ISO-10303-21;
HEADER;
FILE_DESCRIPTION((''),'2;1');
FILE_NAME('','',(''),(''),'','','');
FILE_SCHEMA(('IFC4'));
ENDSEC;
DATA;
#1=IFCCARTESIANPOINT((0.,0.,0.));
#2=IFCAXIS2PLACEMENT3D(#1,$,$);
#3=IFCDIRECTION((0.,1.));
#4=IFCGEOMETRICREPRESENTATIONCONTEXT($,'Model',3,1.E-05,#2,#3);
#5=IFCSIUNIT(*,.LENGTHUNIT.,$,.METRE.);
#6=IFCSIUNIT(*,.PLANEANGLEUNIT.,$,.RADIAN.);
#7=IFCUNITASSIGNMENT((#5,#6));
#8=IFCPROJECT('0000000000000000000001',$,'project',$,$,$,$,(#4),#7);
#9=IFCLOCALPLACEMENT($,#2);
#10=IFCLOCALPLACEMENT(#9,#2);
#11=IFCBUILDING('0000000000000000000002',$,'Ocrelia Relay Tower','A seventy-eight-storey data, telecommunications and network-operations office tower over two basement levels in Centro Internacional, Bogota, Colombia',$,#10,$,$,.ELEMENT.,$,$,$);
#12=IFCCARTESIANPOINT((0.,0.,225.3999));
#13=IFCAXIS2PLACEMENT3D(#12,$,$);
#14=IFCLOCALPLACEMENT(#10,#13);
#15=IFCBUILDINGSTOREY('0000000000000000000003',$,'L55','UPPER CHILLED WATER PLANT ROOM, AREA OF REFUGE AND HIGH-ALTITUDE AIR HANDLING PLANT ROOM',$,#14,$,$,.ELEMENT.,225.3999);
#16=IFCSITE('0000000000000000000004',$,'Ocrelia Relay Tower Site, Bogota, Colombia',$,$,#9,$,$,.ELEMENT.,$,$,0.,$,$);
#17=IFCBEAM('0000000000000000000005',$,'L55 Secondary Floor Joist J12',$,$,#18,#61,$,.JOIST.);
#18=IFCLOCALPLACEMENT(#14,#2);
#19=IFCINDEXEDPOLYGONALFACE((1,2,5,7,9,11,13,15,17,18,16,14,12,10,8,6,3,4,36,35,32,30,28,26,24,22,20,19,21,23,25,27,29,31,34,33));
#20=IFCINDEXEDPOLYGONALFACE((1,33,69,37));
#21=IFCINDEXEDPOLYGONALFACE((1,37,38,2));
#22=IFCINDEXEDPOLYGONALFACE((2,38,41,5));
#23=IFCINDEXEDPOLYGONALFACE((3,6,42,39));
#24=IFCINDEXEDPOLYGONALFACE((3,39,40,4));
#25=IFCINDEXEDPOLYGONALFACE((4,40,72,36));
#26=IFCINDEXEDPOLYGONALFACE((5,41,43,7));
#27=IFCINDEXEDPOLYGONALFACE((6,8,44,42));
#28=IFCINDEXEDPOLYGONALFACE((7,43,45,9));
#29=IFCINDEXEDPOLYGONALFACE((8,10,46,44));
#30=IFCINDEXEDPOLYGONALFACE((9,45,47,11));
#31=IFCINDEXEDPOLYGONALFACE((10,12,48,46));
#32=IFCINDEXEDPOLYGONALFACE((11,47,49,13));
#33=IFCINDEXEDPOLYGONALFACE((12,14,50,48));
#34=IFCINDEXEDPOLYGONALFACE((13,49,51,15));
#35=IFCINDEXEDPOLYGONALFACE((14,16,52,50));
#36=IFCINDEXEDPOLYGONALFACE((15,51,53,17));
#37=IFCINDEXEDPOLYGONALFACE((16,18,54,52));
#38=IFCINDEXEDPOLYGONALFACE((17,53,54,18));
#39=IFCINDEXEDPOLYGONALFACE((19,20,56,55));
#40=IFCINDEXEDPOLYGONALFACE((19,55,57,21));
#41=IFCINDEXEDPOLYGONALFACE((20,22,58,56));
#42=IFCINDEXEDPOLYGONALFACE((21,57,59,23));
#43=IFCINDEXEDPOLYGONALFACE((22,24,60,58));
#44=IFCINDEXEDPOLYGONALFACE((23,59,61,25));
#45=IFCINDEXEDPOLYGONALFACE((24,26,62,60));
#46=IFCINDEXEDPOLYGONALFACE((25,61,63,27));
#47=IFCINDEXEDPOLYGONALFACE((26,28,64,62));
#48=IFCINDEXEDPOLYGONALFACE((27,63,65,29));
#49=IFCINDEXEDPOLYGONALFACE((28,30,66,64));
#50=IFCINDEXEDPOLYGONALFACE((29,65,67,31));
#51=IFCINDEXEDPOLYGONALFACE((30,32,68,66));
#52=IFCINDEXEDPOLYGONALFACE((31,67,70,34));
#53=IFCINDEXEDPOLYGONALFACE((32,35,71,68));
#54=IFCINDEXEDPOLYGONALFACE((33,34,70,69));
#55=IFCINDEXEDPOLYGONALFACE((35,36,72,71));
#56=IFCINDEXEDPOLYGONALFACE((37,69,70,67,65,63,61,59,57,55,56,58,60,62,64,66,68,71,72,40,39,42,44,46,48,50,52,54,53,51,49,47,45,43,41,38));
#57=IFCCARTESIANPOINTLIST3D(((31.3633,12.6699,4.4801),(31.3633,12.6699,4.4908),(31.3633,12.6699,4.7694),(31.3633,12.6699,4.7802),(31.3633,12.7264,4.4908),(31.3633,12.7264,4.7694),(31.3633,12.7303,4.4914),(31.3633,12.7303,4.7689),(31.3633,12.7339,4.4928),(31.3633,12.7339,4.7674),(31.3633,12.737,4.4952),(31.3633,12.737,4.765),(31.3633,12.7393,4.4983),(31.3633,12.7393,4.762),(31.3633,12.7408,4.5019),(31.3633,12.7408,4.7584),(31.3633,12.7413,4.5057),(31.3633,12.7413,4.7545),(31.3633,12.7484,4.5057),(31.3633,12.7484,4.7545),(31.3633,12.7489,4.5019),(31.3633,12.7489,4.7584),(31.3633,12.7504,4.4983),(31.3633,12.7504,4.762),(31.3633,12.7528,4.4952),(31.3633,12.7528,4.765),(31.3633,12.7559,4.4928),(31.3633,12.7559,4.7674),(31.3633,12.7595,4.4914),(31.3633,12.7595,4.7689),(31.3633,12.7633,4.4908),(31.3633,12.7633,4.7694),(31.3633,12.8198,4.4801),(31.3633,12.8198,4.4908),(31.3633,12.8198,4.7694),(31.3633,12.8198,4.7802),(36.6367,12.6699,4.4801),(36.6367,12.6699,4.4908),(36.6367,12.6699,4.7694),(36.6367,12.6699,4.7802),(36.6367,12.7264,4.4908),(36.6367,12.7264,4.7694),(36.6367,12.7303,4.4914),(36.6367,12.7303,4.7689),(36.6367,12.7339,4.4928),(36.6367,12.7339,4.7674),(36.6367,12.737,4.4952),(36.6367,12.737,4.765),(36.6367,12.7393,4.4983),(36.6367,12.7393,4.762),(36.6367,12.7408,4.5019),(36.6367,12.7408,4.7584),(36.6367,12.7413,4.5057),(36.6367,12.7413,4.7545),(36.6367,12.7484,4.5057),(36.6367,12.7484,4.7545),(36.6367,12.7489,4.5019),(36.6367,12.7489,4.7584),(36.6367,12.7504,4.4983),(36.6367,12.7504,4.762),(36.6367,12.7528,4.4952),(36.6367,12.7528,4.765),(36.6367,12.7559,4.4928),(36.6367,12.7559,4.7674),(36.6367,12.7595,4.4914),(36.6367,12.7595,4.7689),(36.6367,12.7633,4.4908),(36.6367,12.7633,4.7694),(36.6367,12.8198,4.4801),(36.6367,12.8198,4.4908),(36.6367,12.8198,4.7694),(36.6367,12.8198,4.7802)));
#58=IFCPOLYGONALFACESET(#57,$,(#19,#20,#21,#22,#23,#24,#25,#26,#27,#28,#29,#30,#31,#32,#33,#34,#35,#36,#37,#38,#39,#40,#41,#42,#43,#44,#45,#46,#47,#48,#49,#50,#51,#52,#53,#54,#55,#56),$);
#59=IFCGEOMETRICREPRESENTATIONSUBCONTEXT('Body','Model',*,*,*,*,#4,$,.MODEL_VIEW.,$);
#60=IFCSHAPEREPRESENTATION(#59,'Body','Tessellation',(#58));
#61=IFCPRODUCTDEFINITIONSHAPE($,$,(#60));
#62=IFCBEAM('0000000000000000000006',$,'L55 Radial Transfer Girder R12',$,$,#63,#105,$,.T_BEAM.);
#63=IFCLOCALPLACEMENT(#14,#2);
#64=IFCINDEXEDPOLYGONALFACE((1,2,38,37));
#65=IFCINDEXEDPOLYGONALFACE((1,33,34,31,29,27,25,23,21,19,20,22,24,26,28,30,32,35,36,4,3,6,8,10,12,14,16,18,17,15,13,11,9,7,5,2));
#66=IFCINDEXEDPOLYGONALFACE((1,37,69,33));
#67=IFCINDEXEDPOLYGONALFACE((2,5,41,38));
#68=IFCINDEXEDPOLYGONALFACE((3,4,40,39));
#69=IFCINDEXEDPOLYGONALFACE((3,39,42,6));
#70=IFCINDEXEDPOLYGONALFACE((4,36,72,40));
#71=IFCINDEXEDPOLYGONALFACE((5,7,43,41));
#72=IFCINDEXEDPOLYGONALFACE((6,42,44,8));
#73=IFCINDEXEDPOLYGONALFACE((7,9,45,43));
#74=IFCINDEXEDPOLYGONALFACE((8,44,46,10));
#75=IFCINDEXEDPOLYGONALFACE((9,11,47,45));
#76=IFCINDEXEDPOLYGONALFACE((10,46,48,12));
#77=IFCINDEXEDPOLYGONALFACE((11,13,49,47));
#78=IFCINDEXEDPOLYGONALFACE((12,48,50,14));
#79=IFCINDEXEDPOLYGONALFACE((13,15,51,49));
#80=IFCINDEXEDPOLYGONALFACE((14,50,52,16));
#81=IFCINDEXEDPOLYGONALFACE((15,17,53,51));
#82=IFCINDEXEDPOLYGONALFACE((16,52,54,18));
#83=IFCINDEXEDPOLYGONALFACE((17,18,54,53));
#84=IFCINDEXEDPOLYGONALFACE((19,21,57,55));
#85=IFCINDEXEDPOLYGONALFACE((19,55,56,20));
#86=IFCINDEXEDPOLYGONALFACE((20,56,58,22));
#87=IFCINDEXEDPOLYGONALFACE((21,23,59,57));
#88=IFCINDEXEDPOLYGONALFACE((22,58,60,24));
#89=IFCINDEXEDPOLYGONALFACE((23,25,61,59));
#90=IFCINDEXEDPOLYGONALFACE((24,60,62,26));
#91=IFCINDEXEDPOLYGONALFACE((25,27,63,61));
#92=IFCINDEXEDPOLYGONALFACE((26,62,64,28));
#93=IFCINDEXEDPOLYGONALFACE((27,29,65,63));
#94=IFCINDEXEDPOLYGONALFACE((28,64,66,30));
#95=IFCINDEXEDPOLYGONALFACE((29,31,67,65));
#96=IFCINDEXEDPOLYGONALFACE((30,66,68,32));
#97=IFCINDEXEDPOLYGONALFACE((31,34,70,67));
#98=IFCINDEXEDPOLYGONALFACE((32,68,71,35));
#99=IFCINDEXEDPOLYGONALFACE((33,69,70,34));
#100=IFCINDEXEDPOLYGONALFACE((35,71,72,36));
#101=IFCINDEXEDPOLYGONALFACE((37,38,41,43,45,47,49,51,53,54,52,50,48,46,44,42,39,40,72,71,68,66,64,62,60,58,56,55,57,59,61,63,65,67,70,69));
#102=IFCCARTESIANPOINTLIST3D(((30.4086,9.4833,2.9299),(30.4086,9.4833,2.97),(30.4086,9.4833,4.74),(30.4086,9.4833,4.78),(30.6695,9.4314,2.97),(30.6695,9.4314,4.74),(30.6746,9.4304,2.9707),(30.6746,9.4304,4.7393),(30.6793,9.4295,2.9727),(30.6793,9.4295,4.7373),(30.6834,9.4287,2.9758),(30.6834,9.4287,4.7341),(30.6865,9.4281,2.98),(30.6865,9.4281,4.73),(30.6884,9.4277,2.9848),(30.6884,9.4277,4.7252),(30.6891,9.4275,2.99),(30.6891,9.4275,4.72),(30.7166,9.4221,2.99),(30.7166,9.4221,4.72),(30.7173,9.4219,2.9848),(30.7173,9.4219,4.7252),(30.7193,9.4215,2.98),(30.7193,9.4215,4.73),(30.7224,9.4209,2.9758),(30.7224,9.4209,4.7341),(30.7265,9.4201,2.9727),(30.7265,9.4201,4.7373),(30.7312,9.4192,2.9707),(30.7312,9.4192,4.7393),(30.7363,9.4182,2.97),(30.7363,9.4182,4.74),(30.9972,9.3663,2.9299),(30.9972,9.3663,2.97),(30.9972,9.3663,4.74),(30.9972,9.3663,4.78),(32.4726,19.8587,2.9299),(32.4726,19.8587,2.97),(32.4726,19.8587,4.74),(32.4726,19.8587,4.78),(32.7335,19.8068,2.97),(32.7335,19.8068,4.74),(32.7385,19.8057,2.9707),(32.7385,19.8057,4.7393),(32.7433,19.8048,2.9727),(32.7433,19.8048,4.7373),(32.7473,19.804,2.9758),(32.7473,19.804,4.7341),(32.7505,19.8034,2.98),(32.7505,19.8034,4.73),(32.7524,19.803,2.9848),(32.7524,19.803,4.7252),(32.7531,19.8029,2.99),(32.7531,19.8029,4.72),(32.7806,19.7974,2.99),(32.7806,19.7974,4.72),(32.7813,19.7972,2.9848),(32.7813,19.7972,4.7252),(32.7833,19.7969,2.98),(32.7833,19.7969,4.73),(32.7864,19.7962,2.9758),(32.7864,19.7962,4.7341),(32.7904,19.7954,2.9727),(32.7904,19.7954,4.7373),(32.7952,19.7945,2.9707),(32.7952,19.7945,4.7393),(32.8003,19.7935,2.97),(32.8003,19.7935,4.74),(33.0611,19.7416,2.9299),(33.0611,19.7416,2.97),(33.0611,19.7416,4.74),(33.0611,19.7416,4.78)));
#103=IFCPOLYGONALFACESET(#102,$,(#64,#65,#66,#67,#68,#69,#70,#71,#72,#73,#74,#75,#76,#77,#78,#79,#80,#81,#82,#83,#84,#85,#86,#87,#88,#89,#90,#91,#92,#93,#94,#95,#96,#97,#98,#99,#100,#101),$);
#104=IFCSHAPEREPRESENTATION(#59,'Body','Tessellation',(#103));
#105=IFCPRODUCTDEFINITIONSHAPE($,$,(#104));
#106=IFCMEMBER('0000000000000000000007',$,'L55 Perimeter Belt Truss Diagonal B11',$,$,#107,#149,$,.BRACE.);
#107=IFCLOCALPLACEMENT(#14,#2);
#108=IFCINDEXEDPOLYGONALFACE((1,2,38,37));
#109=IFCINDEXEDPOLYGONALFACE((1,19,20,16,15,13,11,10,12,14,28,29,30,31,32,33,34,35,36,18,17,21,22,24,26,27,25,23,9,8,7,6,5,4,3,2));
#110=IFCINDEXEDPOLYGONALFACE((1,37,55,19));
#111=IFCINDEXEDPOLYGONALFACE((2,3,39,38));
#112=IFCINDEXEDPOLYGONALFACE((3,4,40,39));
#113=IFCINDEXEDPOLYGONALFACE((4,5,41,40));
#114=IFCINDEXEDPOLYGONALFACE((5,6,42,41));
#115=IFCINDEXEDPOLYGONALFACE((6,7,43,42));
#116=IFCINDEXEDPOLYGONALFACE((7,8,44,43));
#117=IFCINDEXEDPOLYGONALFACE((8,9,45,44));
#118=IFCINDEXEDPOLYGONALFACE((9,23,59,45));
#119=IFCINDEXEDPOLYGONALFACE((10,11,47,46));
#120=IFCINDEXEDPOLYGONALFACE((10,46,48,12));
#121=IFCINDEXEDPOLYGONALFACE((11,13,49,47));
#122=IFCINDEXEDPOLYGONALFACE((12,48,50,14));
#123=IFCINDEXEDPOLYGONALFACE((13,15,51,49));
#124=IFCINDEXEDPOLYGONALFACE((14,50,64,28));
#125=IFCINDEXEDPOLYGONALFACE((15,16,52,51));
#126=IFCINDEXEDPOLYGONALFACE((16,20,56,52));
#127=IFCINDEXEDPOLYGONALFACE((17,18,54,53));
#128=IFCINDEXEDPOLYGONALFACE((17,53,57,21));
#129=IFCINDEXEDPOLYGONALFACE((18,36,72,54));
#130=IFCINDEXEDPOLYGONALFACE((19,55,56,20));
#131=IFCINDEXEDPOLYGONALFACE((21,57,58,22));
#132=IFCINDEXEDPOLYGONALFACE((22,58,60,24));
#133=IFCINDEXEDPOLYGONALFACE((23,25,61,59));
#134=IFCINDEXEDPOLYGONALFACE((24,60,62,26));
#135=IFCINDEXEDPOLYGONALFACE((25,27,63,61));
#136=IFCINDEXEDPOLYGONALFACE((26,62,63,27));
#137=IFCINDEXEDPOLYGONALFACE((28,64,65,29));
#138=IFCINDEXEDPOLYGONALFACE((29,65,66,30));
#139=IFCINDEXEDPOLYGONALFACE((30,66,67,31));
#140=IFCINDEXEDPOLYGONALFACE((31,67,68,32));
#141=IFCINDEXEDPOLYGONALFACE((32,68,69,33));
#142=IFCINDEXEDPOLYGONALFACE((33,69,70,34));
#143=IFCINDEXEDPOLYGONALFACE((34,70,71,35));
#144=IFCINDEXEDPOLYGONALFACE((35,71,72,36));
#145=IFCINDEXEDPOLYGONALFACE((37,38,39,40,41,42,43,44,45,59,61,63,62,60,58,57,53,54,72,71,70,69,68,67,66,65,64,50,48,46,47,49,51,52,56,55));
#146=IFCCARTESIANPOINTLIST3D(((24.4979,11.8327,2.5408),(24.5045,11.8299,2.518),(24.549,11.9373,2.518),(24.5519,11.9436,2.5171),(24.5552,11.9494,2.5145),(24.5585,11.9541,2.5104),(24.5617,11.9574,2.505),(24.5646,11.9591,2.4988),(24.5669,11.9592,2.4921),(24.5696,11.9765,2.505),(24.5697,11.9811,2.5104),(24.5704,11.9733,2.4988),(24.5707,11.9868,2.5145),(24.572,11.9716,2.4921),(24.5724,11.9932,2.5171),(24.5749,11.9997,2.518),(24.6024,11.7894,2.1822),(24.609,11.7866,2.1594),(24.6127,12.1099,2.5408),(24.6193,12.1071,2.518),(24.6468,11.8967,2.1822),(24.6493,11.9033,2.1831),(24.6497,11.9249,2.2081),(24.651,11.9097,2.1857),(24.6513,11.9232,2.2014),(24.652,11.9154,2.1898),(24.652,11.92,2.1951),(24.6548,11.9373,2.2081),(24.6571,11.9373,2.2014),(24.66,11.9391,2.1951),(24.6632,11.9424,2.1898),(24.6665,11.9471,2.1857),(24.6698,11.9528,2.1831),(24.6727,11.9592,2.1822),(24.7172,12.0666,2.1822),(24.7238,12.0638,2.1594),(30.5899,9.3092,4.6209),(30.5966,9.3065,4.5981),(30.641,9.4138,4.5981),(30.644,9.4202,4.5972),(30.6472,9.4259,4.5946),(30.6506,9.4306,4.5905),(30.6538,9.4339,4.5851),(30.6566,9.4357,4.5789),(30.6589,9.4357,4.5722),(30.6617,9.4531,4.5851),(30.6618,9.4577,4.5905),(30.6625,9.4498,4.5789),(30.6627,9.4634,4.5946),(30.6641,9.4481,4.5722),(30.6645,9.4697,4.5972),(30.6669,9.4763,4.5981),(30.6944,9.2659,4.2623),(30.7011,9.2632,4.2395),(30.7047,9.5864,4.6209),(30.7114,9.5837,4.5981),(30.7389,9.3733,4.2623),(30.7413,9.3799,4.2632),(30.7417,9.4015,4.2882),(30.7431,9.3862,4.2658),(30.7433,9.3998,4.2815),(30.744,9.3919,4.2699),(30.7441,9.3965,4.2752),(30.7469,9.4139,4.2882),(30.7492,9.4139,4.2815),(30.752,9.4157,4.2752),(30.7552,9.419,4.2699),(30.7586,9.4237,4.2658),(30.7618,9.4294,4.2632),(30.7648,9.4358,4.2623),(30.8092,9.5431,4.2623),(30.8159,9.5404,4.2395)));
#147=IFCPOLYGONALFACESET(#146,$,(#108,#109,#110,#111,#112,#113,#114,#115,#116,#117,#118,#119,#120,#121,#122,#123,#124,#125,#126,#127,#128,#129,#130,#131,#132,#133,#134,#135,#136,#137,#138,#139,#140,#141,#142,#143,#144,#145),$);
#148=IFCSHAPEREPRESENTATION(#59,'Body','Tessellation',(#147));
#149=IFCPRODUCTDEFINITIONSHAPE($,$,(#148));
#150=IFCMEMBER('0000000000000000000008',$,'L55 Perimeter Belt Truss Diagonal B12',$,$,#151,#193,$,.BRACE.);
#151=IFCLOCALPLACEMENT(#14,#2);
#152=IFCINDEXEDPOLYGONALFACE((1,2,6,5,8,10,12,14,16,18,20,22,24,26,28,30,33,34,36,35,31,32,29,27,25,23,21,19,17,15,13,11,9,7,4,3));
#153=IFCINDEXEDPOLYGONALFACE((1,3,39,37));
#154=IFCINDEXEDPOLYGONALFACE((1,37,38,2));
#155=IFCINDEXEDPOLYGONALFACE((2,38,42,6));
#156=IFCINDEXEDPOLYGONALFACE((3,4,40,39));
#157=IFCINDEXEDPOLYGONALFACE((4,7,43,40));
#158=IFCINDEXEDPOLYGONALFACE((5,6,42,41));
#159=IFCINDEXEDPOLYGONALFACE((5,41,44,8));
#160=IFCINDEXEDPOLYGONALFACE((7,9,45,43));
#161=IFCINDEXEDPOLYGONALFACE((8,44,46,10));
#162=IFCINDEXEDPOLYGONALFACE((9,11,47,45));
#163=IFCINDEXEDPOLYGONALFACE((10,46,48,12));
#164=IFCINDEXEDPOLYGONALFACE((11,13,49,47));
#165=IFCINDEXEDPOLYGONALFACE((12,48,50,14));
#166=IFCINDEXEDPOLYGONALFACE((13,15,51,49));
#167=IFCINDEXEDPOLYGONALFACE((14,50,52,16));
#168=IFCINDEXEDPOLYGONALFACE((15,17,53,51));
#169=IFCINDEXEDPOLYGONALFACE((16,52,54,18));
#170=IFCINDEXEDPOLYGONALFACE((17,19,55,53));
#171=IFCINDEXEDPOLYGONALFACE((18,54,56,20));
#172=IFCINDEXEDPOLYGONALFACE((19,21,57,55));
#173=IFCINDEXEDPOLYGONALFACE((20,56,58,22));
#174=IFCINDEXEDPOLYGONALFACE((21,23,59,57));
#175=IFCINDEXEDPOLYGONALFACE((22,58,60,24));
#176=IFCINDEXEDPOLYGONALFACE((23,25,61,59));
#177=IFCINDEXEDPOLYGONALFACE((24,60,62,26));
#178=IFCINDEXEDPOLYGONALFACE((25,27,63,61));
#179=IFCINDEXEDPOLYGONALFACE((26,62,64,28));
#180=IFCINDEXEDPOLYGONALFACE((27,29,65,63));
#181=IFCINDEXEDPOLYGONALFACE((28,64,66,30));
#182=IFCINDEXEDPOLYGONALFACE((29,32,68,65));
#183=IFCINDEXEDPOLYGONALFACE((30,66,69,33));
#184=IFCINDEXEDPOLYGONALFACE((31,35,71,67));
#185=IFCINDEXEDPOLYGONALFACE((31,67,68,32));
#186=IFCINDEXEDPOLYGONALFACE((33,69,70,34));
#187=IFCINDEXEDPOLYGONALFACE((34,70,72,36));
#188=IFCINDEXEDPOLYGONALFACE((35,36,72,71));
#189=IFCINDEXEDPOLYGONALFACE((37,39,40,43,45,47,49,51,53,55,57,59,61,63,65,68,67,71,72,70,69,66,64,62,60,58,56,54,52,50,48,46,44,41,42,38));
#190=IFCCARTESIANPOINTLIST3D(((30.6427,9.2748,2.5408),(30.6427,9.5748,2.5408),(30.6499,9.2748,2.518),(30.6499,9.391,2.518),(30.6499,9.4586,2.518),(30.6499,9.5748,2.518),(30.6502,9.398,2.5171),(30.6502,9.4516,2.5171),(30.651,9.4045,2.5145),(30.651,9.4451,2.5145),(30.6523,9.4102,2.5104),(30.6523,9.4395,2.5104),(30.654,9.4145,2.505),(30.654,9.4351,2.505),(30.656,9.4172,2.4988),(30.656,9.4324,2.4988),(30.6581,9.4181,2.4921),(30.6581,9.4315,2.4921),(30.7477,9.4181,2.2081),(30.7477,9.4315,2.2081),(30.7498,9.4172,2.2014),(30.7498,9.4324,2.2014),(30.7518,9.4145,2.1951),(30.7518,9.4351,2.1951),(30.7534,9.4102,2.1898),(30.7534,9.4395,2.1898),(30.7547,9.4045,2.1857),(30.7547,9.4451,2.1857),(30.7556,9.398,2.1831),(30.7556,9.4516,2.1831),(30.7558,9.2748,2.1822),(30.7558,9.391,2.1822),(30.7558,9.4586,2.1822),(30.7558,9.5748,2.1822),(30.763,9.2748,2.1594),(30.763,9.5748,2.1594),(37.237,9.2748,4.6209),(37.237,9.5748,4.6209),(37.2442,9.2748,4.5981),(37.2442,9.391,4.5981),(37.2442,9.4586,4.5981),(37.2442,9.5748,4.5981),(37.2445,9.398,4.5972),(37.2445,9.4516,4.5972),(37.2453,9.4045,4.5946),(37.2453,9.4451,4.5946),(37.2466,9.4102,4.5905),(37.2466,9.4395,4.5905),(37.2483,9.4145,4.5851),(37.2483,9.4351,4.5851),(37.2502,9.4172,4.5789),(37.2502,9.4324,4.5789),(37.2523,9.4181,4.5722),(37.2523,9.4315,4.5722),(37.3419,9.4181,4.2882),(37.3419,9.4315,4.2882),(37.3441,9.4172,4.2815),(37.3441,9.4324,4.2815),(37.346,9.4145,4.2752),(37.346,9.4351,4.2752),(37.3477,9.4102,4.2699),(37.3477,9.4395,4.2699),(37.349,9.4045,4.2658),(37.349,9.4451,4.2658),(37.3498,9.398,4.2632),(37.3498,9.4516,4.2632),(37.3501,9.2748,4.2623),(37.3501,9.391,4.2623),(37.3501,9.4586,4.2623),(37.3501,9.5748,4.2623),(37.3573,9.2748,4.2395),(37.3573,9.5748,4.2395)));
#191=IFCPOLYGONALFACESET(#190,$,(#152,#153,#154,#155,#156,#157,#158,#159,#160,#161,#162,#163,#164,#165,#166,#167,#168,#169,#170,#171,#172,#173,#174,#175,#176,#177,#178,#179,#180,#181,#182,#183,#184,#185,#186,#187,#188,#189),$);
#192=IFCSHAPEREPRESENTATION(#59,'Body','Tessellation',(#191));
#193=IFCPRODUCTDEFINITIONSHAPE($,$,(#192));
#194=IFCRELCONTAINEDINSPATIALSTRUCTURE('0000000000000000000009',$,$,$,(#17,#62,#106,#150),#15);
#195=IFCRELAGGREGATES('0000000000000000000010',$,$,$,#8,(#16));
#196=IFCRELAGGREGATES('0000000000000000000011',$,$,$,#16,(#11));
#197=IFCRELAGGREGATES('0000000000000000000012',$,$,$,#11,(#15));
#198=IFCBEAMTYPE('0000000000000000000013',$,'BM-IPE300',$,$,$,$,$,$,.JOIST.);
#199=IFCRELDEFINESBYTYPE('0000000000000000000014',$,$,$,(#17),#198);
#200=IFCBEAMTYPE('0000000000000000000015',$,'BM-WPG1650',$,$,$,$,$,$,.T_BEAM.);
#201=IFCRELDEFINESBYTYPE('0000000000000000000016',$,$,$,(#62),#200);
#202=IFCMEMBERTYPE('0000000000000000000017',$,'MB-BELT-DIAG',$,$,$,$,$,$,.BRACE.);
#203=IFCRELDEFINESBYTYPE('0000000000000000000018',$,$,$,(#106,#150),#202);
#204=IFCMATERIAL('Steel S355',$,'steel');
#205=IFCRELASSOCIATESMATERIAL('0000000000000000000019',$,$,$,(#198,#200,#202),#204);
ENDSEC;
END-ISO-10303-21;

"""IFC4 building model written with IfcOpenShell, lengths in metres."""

from ifc_helpers import new_model, si_unit, direction, frame, origin, origin_2d, place, context, subcontext, project, spatial, i_section, extrude, material, material_profile, profile_set, type_object, element, save


model = new_model("IFC4")

# Units and contexts
model_context = context("Model", 3, precision=1e-05, world=origin(), true_north=direction((0.0, 1.0)))
body_context = subcontext(model_context, "Body", "Model", "MODEL_VIEW")
ifc_project = project(units=[si_unit("LENGTHUNIT", "METRE"), si_unit("PLANEANGLEUNIT", "RADIAN")], contexts=[model_context])

# Site, building, storey
site_placement = place(None, origin())
site = spatial("IfcSite", under=ifc_project, at=site_placement, Name="Ocrelia Relay Tower Site, Bogota, Colombia", CompositionType="ELEMENT", RefElevation=0.0)
building_placement = place(site_placement, origin())
building = spatial("IfcBuilding", under=site, at=building_placement, Name="Ocrelia Relay Tower", Description="A seventy-eight-storey data, telecommunications and network-operations office tower over two basement levels in Centro Internacional, Bogota, Colombia", CompositionType="ELEMENT")
storey_placement = place(building_placement, frame((0.0, 0.0, 225.3999)))
storey = spatial("IfcBuildingStorey", under=building, at=storey_placement, Name="L55", Description="UPPER CHILLED WATER PLANT ROOM, AREA OF REFUGE AND HIGH-ALTITUDE AIR HANDLING PLANT ROOM", CompositionType="ELEMENT", Elevation=225.3999)

# Beams
ifc_material_1 = material(Name="Steel S355", Category="steel")
ifc_material_profile_1 = material_profile(ifc_material_1, i_section(OverallWidth=0.1499, OverallDepth=0.3, WebThickness=0.0071, FlangeThickness=0.0107, FilletRadius=0.0149, at=origin_2d()), Name="IPE 300")
ifc_profile_set_1 = profile_set([ifc_material_profile_1], Name="Steel S355")
beam_type_1 = type_object("IfcBeamType", Name="BM-IPE300", PredefinedType="JOIST", material=ifc_profile_set_1)
beam_1_placement = place(storey_placement, frame((31.3633, 12.7449, 4.6301), z_axis=(1.0, 0.0, 0.0), x_axis=(0.0, 1.0, 0.0)))
element("IfcBeam", 1, at=beam_1_placement, inside=storey, type_object=beam_type_1, Name="L55 Secondary Floor Joist J12", PredefinedType="JOIST", context=body_context, shape_type="SweptSolid", body=[
    extrude(i_section(OverallWidth=0.1499, OverallDepth=0.3, WebThickness=0.0071, FlangeThickness=0.0107, FilletRadius=0.0149, at=origin_2d()), origin(), (0.0, 0.0, 1.0), 5.2734),
])
ifc_material_profile_2 = material_profile(ifc_material_1, i_section(OverallWidth=0.6001, OverallDepth=1.8501, WebThickness=0.0281, FlangeThickness=0.04, FilletRadius=0.02, at=origin_2d()), Name="WPG 1850x600")
ifc_profile_set_2 = profile_set([ifc_material_profile_2], Name="Steel S355")
beam_type_2 = type_object("IfcBeamType", Name="BM-WPG1650", PredefinedType="T_BEAM", material=ifc_profile_set_2)
beam_2_placement = place(storey_placement, frame((30.7029, 9.4248, 3.855), z_axis=(0.195109, 0.980782, 0.0), x_axis=(-0.980782, 0.195109, 0.0)))
element("IfcBeam", 2, at=beam_2_placement, inside=storey, type_object=beam_type_2, Name="L55 Radial Transfer Girder R12", PredefinedType="T_BEAM", context=body_context, shape_type="SweptSolid", body=[
    extrude(i_section(OverallWidth=0.6001, OverallDepth=1.8501, WebThickness=0.0281, FlangeThickness=0.04, FilletRadius=0.02, at=origin_2d()), origin(), (0.0, 0.0, 1.0), 10.5786),
])

# Members
ifc_material_profile_3 = material_profile(ifc_material_1, i_section(OverallWidth=0.3, OverallDepth=0.3999, WebThickness=0.0134, FlangeThickness=0.0239, FilletRadius=0.0271, at=origin_2d()), Name="HEB 400")
ifc_profile_set_3 = profile_set([ifc_material_profile_3], Name="Steel S355")
member_type_1 = type_object("IfcMemberType", Name="MB-BELT-DIAG", PredefinedType="BRACE", material=ifc_profile_set_3)
member_1_placement = place(storey_placement, frame((24.6108, 11.9482, 2.3501), z_axis=(0.88108, -0.36496, 0.300837), x_axis=(0.382688, 0.923878, 0.0)))
element("IfcMember", 3, at=member_1_placement, inside=storey, type_object=member_type_1, Name="L55 Perimeter Belt Truss Diagonal B11", PredefinedType="BRACE", context=body_context, shape_type="SweptSolid", body=[
    extrude(i_section(OverallWidth=0.3, OverallDepth=0.3999, WebThickness=0.0134, FlangeThickness=0.0239, FilletRadius=0.0271, at=origin_2d()), origin(), (0.0, 0.0, 1.0), 6.9143),
])
member_2_placement = place(storey_placement, frame((30.7029, 9.4248, 2.3501), z_axis=(0.953679, 0.0, 0.300827), x_axis=(0.0, 1.0, 0.0)))
element("IfcMember", 4, at=member_2_placement, inside=storey, type_object=member_type_1, Name="L55 Perimeter Belt Truss Diagonal B12", PredefinedType="BRACE", context=body_context, shape_type="SweptSolid", body=[
    extrude(i_section(OverallWidth=0.3, OverallDepth=0.3999, WebThickness=0.0134, FlangeThickness=0.0239, FilletRadius=0.0271, at=origin_2d()), origin(), (0.0, 0.0, 1.0), 6.9146),
])

save(model, "model.ifc")
